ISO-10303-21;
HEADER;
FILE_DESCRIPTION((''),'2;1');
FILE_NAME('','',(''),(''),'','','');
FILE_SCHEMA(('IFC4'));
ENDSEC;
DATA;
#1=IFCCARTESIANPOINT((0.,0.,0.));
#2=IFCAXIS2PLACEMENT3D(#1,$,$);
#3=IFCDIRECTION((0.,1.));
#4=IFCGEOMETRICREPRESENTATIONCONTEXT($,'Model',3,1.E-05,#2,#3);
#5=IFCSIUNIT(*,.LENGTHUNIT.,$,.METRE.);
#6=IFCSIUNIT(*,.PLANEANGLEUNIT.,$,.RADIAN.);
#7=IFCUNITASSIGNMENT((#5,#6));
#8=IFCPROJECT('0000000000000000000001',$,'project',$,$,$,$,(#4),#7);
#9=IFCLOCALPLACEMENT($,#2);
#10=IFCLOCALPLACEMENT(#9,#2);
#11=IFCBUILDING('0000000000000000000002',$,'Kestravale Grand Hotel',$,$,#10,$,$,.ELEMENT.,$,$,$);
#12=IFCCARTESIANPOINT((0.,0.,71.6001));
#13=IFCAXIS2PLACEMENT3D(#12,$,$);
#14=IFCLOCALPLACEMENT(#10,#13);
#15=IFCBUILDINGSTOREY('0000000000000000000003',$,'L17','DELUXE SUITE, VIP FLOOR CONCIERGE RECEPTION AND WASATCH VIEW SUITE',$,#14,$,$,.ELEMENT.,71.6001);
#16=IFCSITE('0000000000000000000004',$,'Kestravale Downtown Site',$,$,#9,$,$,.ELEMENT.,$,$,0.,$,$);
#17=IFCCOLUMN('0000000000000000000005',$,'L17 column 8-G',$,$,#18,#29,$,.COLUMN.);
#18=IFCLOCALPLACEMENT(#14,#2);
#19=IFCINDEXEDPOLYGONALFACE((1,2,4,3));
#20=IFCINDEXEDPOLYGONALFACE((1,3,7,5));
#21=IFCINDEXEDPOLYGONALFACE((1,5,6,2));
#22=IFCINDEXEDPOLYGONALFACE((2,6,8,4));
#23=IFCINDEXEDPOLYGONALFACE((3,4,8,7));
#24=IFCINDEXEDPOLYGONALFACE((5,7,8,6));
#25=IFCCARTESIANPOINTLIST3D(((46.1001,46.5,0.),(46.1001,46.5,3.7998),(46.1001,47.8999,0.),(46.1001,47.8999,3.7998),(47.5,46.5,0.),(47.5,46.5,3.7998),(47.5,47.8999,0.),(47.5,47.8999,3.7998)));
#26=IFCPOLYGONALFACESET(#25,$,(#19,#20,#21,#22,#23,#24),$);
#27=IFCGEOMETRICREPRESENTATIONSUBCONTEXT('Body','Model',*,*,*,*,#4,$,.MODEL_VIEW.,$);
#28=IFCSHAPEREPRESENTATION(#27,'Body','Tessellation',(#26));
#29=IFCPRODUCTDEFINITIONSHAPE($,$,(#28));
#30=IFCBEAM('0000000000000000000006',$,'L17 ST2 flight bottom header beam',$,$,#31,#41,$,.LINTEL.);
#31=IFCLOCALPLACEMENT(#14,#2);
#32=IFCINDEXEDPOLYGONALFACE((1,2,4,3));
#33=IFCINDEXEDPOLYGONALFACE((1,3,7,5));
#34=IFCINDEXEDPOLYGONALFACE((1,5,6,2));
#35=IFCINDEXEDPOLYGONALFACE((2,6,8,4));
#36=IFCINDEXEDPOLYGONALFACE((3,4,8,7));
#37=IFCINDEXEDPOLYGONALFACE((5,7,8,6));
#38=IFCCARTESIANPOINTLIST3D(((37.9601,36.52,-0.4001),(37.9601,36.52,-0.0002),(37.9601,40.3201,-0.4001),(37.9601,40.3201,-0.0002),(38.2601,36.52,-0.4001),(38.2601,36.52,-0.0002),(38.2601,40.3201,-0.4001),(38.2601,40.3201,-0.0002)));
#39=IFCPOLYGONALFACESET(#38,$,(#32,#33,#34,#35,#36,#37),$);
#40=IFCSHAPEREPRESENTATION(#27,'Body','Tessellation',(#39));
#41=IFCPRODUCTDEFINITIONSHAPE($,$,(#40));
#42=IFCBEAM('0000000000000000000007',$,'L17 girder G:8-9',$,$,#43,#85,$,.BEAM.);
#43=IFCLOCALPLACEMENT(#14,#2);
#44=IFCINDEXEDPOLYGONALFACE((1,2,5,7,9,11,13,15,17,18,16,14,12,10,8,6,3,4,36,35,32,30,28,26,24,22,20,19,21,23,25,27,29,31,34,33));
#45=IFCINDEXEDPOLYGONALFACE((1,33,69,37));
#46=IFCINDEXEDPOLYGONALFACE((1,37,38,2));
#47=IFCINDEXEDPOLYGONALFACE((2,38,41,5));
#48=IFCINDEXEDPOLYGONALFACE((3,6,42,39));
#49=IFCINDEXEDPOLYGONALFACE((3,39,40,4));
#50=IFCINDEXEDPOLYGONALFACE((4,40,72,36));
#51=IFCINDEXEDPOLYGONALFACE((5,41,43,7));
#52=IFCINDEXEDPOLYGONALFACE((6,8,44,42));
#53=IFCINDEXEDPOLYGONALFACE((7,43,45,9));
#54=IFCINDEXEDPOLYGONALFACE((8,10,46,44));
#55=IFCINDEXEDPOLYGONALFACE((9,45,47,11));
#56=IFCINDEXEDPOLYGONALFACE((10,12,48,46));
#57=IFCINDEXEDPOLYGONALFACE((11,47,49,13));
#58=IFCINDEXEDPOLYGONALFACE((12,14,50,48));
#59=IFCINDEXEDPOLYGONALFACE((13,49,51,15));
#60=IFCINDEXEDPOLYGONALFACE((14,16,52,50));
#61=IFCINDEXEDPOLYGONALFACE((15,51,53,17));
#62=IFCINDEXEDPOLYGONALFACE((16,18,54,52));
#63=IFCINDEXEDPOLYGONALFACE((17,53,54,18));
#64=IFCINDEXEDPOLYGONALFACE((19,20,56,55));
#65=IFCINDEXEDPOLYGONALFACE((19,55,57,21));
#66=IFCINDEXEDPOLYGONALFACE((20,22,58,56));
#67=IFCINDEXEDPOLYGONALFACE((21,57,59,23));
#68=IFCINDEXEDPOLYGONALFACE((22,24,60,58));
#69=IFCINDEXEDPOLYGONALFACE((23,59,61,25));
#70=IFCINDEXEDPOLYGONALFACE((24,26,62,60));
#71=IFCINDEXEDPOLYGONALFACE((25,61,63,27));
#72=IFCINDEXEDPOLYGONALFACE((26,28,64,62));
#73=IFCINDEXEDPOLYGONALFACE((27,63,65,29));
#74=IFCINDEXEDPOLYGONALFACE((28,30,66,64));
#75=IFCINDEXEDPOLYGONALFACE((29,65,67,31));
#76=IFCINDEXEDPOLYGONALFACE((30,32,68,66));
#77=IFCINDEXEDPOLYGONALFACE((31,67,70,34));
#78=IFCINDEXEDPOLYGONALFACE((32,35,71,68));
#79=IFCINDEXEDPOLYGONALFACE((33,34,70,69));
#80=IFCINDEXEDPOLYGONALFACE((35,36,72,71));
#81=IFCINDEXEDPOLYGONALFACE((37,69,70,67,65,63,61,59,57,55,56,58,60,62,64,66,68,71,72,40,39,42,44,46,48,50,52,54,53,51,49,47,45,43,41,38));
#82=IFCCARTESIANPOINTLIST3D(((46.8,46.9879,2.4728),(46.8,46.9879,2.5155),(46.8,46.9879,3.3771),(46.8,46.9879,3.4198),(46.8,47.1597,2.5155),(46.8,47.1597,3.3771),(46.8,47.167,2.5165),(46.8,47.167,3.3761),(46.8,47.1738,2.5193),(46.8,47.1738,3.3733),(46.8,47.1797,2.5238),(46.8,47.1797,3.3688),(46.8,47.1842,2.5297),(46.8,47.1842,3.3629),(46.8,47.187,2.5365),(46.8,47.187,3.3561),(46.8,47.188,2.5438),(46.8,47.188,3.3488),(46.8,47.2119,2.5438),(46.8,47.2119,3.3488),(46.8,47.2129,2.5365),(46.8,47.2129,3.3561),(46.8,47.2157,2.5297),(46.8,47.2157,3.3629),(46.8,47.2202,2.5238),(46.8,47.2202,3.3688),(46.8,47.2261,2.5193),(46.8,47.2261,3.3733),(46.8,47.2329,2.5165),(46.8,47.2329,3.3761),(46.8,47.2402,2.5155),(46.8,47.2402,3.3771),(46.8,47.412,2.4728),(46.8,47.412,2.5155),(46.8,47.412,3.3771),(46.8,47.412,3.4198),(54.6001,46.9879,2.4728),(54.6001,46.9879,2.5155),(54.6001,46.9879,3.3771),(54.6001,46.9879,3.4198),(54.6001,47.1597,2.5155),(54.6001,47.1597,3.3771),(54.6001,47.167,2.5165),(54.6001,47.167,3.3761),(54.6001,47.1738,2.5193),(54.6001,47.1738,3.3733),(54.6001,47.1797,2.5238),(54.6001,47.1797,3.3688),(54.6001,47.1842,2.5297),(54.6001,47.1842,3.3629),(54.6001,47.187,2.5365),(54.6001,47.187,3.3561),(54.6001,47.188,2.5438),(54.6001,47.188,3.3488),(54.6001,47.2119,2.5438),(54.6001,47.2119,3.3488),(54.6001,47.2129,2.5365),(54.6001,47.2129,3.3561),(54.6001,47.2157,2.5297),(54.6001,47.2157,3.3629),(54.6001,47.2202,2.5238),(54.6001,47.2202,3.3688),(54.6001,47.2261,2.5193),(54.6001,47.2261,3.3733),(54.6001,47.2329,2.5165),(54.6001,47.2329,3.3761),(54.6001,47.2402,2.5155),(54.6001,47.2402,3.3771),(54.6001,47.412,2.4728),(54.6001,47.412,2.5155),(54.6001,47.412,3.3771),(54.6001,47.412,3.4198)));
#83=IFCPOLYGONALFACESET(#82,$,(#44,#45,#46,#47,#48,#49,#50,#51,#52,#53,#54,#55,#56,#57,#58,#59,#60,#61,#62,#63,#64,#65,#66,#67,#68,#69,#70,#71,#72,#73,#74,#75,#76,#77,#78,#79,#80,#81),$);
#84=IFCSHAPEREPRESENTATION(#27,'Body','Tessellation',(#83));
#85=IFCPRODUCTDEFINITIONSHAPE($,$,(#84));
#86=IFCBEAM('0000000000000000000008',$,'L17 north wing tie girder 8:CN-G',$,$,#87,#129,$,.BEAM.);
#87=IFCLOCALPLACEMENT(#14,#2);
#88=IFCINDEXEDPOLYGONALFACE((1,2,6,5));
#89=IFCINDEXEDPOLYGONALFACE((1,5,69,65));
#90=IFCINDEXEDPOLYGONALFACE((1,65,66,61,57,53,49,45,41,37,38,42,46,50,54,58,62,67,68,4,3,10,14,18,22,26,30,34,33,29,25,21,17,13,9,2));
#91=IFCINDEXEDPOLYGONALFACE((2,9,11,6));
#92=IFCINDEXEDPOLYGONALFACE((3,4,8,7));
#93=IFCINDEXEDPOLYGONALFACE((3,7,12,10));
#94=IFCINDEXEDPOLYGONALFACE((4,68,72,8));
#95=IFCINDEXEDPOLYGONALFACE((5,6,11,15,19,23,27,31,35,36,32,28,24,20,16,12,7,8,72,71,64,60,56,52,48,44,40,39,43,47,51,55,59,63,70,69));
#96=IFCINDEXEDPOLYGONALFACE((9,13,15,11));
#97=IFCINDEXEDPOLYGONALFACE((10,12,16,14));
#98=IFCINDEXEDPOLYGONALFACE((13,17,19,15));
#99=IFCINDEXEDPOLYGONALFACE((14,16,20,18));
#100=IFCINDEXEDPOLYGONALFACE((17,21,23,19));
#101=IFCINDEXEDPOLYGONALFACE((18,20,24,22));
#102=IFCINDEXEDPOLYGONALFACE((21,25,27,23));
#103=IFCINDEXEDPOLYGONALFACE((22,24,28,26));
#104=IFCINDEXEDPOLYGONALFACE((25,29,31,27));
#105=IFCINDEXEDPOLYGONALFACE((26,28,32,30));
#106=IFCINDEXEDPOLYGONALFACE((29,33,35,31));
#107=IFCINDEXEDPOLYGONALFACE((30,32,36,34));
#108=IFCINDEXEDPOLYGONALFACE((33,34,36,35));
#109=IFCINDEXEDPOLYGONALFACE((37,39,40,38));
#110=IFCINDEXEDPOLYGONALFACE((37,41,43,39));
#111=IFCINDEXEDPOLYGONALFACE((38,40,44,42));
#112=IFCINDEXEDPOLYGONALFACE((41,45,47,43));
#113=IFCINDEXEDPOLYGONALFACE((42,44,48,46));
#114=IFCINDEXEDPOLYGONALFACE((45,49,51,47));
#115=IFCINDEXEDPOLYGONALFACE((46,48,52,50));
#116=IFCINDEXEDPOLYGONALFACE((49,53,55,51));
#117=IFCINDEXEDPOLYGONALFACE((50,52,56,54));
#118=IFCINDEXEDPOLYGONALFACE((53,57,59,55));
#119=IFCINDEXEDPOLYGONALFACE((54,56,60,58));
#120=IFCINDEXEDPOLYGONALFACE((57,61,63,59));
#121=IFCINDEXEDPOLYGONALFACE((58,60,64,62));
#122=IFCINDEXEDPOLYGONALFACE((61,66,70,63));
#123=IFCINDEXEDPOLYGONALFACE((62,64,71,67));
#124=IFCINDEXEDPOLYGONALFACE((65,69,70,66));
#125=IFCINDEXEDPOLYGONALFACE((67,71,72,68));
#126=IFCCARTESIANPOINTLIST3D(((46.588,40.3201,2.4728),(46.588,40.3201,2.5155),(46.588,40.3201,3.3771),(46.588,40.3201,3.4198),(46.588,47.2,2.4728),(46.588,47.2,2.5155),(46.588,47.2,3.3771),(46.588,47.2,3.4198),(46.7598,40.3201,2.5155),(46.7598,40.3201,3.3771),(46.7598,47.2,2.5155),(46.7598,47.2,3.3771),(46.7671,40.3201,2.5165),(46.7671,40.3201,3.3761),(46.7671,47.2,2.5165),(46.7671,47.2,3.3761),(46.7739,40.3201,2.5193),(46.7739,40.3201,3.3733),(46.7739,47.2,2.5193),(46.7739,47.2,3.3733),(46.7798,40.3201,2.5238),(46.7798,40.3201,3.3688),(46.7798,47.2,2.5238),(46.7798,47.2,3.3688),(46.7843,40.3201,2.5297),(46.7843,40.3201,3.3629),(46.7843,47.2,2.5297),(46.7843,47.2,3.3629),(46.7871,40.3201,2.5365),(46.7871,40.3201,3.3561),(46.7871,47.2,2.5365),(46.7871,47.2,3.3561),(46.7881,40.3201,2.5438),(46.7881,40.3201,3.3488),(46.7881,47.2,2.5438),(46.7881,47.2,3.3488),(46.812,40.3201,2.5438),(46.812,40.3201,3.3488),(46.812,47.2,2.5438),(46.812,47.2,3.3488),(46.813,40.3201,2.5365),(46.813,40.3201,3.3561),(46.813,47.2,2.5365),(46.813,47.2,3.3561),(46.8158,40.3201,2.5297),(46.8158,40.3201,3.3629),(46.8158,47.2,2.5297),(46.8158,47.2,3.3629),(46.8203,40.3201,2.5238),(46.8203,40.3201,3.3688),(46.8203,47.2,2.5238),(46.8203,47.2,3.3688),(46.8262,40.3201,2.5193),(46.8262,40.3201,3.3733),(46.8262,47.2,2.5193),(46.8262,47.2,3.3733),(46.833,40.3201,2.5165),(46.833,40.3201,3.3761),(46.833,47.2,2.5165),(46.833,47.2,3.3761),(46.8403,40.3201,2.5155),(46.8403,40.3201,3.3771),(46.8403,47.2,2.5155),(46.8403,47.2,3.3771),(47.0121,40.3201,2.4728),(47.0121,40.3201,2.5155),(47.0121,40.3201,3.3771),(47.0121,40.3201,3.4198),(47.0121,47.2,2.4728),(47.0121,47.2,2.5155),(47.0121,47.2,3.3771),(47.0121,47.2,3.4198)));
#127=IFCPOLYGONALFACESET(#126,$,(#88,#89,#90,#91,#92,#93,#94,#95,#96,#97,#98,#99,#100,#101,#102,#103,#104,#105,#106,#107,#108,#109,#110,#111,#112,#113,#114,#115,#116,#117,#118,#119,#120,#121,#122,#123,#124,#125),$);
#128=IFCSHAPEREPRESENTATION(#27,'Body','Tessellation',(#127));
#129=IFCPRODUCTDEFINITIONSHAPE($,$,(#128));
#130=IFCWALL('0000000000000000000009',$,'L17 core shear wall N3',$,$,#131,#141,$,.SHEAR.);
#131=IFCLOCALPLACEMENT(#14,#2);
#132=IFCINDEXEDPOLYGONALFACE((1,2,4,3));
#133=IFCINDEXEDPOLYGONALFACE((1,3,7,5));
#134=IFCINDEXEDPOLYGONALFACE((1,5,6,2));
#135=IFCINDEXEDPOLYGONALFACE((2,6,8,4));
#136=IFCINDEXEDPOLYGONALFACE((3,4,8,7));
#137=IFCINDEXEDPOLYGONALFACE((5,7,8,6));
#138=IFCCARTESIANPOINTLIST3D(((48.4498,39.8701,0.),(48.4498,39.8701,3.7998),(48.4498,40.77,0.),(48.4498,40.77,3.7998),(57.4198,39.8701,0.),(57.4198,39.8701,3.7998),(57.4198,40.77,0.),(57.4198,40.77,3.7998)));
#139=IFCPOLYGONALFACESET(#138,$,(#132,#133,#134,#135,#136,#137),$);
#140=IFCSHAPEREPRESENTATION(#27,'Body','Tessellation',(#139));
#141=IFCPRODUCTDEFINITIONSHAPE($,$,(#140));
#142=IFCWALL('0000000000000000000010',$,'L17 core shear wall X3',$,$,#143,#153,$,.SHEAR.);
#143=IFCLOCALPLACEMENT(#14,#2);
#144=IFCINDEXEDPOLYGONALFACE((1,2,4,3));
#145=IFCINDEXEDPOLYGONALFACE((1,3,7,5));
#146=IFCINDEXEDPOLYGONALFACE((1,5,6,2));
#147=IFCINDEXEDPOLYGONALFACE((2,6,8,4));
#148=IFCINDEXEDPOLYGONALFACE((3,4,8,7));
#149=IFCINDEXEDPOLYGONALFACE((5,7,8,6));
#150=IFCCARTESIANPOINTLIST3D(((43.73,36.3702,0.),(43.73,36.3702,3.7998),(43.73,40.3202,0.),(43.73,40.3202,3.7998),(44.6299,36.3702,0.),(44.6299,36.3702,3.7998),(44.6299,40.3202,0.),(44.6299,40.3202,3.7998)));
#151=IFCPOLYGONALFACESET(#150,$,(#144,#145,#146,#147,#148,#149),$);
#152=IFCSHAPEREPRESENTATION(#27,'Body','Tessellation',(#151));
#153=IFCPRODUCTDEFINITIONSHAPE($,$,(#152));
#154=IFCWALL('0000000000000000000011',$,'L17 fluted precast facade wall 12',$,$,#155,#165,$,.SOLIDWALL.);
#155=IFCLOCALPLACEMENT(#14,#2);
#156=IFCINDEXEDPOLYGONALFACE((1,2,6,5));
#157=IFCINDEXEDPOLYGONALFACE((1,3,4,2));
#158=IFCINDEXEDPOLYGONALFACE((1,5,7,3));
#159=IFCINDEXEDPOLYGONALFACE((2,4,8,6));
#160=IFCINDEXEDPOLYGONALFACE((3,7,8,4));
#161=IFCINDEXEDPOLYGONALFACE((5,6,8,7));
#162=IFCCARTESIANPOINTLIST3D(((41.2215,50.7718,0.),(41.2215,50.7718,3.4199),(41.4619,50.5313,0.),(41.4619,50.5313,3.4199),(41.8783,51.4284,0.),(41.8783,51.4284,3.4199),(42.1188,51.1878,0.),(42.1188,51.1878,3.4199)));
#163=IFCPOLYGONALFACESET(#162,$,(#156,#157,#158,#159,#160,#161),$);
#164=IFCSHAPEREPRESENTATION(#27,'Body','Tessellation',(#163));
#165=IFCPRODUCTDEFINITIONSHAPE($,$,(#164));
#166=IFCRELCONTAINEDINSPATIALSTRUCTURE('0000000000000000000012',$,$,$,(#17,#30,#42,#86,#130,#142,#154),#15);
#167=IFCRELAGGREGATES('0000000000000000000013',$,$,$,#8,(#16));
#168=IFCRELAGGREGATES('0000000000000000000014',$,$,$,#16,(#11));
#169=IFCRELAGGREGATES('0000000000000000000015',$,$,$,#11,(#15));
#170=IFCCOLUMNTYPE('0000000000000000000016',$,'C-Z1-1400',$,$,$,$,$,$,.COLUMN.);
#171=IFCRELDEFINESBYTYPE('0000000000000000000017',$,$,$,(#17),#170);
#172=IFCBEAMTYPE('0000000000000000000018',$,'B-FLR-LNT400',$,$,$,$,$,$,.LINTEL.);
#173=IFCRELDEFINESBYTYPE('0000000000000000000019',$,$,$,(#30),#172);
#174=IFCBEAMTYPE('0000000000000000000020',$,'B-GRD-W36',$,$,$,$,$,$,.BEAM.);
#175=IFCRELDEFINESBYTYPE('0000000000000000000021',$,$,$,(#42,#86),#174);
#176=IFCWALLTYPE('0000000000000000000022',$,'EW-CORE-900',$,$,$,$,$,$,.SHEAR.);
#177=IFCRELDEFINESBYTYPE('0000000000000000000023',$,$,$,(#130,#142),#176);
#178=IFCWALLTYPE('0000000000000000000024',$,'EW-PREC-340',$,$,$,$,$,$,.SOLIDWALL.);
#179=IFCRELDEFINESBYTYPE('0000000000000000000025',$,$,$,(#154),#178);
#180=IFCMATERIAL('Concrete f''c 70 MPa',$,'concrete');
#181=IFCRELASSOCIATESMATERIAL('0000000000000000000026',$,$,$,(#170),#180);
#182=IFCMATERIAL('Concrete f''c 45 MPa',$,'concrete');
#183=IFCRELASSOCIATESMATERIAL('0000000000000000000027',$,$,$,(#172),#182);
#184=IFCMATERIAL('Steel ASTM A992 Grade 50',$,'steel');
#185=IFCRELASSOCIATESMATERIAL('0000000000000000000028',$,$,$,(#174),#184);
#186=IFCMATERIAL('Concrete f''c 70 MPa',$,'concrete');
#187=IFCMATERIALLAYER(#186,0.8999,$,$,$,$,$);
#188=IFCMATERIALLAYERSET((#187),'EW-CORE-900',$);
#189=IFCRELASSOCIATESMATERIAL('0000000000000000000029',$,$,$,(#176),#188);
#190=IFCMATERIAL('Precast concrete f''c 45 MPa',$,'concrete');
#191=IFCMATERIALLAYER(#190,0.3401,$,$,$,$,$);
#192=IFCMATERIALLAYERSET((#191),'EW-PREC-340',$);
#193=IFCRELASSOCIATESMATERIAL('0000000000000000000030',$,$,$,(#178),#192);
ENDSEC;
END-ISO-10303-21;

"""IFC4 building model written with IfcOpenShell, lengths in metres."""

from ifc_helpers import new_model, si_unit, direction, frame, frame_2d, origin, origin_2d, place, context, subcontext, project, spatial, rectangle, i_section, extrude, material, layer, layer_set, material_profile, profile_set, type_object, element, save


model = new_model("IFC4")

# Units and contexts
model_context = context("Model", 3, precision=1e-05, world=origin(), true_north=direction((0.0, 1.0)))
body_context = subcontext(model_context, "Body", "Model", "MODEL_VIEW")
ifc_project = project(units=[si_unit("LENGTHUNIT", "METRE"), si_unit("PLANEANGLEUNIT", "RADIAN")], contexts=[model_context])

# Site, building, storey
site_placement = place(None, origin())
site = spatial("IfcSite", under=ifc_project, at=site_placement, Name="Kestravale Downtown Site", CompositionType="ELEMENT", RefElevation=0.0)
building_placement = place(site_placement, origin())
building = spatial("IfcBuilding", under=site, at=building_placement, Name="Kestravale Grand Hotel", CompositionType="ELEMENT")
storey_placement = place(building_placement, frame((0.0, 0.0, 71.6001)))
storey = spatial("IfcBuildingStorey", under=building, at=storey_placement, Name="L17", Description="DELUXE SUITE, VIP FLOOR CONCIERGE RECEPTION AND WASATCH VIEW SUITE", CompositionType="ELEMENT", Elevation=71.6001)

# Column
ifc_material_1 = material(Name="Concrete f'c 70 MPa", Category="concrete")
ifc_material_profile_1 = material_profile(ifc_material_1, rectangle(XDim=1.3999, YDim=1.3999, at=origin_2d()))
ifc_profile_set_1 = profile_set([ifc_material_profile_1], Name="Concrete f'c 70 MPa")
column_type = type_object("IfcColumnType", Name="C-Z1-1400", PredefinedType="COLUMN", material=ifc_profile_set_1)
column_placement = place(storey_placement, frame((46.8, 47.2, 0.0), z_axis=(0.0, 0.0, 1.0), x_axis=(1.0, 0.0, 0.0)))
element("IfcColumn", 1, at=column_placement, inside=storey, type_object=column_type, Name="L17 column 8-G", PredefinedType="COLUMN", context=body_context, shape_type="SweptSolid", body=[
    extrude(rectangle(XDim=1.3999, YDim=1.3999, at=origin_2d()), origin(), (0.0, 0.0, 1.0), 3.7998),
])

# Beams
ifc_material_2 = material(Name="Concrete f'c 45 MPa", Category="concrete")
ifc_material_profile_2 = material_profile(ifc_material_2, rectangle(XDim=0.3, YDim=0.3999, at=origin_2d()))
ifc_profile_set_2 = profile_set([ifc_material_profile_2], Name="Concrete f'c 45 MPa")
beam_type_1 = type_object("IfcBeamType", Name="B-FLR-LNT400", PredefinedType="LINTEL", material=ifc_profile_set_2)
beam_1_placement = place(storey_placement, frame((38.1101, 36.52, -0.2002), z_axis=(0.0, 1.0, 0.0), x_axis=(-1.0, 0.0, 0.0)))
element("IfcBeam", 2, at=beam_1_placement, inside=storey, type_object=beam_type_1, Name="L17 ST2 flight bottom header beam", PredefinedType="LINTEL", context=body_context, shape_type="SweptSolid", body=[
    extrude(rectangle(XDim=0.3, YDim=0.3999, at=origin_2d()), origin(), (0.0, 0.0, 1.0), 3.8),
])
ifc_material_3 = material(Name="Steel ASTM A992 Grade 50", Category="steel")
ifc_material_profile_3 = material_profile(ifc_material_3, i_section(OverallWidth=0.4241, OverallDepth=0.947, WebThickness=0.0239, FlangeThickness=0.0427, FilletRadius=0.0283, at=origin_2d()))
ifc_profile_set_3 = profile_set([ifc_material_profile_3], Name="Steel ASTM A992 Grade 50")
beam_type_2 = type_object("IfcBeamType", Name="B-GRD-W36", PredefinedType="BEAM", material=ifc_profile_set_3)
beam_2_placement = place(storey_placement, frame((46.8, 47.2, 2.9463), z_axis=(1.0, 0.0, 0.0), x_axis=(0.0, 1.0, 0.0)))
element("IfcBeam", 3, at=beam_2_placement, inside=storey, type_object=beam_type_2, Name="L17 girder G:8-9", PredefinedType="BEAM", context=body_context, shape_type="SweptSolid", body=[
    extrude(i_section(OverallWidth=0.4241, OverallDepth=0.947, WebThickness=0.0239, FlangeThickness=0.0427, FilletRadius=0.0283, at=origin_2d()), origin(), (0.0, 0.0, 1.0), 7.8),
])
beam_3_placement = place(storey_placement, frame((46.8, 40.3201, 2.9463), z_axis=(0.0, 1.0, 0.0), x_axis=(-1.0, 0.0, 0.0)))
element("IfcBeam", 4, at=beam_3_placement, inside=storey, type_object=beam_type_2, Name="L17 north wing tie girder 8:CN-G", PredefinedType="BEAM", context=body_context, shape_type="SweptSolid", body=[
    extrude(i_section(OverallWidth=0.4241, OverallDepth=0.947, WebThickness=0.0239, FlangeThickness=0.0427, FilletRadius=0.0283, at=origin_2d()), origin(), (0.0, 0.0, 1.0), 6.8799),
])

# Walls
ifc_material_4 = material(Name="Concrete f'c 70 MPa", Category="concrete")
ifc_layer_1 = layer(ifc_material_4, 0.8999)
ifc_layer_set_1 = layer_set([ifc_layer_1], Name="EW-CORE-900")
wall_type_1 = type_object("IfcWallType", Name="EW-CORE-900", PredefinedType="SHEAR", material=ifc_layer_set_1)
wall_1_placement = place(storey_placement, frame((48.45, 40.3201, 0.0), z_axis=(0.0, 0.0, 1.0), x_axis=(1.0, 0.0, 0.0)))
element("IfcWall", 5, at=wall_1_placement, inside=storey, type_object=wall_type_1, Name="L17 core shear wall N3", PredefinedType="SHEAR", context=body_context, shape_type="SweptSolid", body=[
    extrude(rectangle(XDim=8.97, YDim=0.8999, at=frame_2d((4.4849, 0.0))), origin(), (0.0, 0.0, 1.0), 3.7998),
])
wall_2_placement = place(storey_placement, frame((44.1799, 36.3701, 0.0), z_axis=(0.0, 0.0, 1.0), x_axis=(0.0, 1.0, 0.0)))
element("IfcWall", 6, at=wall_2_placement, inside=storey, type_object=wall_type_1, Name="L17 core shear wall X3", PredefinedType="SHEAR", context=body_context, shape_type="SweptSolid", body=[
    extrude(rectangle(XDim=3.95, YDim=0.8999, at=frame_2d((1.9751, 0.0))), origin(), (0.0, 0.0, 1.0), 3.7998),
])
ifc_material_5 = material(Name="Precast concrete f'c 45 MPa", Category="concrete")
ifc_layer_2 = layer(ifc_material_5, 0.3401)
ifc_layer_set_2 = layer_set([ifc_layer_2], Name="EW-PREC-340")
wall_type_2 = type_object("IfcWallType", Name="EW-PREC-340", PredefinedType="SOLIDWALL", material=ifc_layer_set_2)
wall_3_placement = place(storey_placement, frame((41.9985, 51.3081, 0.0), z_axis=(0.0, 0.0, 1.0), x_axis=(-0.707238, -0.706975, 0.0)))
element("IfcWall", 7, at=wall_3_placement, inside=storey, type_object=wall_type_2, Name="L17 fluted precast facade wall 12", PredefinedType="SOLIDWALL", context=body_context, shape_type="SweptSolid", body=[
    extrude(rectangle(XDim=0.9287, YDim=0.3401, at=frame_2d((0.4644, 0.0))), origin(), (0.0, 0.0, 1.0), 3.4199),
])

save(model, "model.ifc")
